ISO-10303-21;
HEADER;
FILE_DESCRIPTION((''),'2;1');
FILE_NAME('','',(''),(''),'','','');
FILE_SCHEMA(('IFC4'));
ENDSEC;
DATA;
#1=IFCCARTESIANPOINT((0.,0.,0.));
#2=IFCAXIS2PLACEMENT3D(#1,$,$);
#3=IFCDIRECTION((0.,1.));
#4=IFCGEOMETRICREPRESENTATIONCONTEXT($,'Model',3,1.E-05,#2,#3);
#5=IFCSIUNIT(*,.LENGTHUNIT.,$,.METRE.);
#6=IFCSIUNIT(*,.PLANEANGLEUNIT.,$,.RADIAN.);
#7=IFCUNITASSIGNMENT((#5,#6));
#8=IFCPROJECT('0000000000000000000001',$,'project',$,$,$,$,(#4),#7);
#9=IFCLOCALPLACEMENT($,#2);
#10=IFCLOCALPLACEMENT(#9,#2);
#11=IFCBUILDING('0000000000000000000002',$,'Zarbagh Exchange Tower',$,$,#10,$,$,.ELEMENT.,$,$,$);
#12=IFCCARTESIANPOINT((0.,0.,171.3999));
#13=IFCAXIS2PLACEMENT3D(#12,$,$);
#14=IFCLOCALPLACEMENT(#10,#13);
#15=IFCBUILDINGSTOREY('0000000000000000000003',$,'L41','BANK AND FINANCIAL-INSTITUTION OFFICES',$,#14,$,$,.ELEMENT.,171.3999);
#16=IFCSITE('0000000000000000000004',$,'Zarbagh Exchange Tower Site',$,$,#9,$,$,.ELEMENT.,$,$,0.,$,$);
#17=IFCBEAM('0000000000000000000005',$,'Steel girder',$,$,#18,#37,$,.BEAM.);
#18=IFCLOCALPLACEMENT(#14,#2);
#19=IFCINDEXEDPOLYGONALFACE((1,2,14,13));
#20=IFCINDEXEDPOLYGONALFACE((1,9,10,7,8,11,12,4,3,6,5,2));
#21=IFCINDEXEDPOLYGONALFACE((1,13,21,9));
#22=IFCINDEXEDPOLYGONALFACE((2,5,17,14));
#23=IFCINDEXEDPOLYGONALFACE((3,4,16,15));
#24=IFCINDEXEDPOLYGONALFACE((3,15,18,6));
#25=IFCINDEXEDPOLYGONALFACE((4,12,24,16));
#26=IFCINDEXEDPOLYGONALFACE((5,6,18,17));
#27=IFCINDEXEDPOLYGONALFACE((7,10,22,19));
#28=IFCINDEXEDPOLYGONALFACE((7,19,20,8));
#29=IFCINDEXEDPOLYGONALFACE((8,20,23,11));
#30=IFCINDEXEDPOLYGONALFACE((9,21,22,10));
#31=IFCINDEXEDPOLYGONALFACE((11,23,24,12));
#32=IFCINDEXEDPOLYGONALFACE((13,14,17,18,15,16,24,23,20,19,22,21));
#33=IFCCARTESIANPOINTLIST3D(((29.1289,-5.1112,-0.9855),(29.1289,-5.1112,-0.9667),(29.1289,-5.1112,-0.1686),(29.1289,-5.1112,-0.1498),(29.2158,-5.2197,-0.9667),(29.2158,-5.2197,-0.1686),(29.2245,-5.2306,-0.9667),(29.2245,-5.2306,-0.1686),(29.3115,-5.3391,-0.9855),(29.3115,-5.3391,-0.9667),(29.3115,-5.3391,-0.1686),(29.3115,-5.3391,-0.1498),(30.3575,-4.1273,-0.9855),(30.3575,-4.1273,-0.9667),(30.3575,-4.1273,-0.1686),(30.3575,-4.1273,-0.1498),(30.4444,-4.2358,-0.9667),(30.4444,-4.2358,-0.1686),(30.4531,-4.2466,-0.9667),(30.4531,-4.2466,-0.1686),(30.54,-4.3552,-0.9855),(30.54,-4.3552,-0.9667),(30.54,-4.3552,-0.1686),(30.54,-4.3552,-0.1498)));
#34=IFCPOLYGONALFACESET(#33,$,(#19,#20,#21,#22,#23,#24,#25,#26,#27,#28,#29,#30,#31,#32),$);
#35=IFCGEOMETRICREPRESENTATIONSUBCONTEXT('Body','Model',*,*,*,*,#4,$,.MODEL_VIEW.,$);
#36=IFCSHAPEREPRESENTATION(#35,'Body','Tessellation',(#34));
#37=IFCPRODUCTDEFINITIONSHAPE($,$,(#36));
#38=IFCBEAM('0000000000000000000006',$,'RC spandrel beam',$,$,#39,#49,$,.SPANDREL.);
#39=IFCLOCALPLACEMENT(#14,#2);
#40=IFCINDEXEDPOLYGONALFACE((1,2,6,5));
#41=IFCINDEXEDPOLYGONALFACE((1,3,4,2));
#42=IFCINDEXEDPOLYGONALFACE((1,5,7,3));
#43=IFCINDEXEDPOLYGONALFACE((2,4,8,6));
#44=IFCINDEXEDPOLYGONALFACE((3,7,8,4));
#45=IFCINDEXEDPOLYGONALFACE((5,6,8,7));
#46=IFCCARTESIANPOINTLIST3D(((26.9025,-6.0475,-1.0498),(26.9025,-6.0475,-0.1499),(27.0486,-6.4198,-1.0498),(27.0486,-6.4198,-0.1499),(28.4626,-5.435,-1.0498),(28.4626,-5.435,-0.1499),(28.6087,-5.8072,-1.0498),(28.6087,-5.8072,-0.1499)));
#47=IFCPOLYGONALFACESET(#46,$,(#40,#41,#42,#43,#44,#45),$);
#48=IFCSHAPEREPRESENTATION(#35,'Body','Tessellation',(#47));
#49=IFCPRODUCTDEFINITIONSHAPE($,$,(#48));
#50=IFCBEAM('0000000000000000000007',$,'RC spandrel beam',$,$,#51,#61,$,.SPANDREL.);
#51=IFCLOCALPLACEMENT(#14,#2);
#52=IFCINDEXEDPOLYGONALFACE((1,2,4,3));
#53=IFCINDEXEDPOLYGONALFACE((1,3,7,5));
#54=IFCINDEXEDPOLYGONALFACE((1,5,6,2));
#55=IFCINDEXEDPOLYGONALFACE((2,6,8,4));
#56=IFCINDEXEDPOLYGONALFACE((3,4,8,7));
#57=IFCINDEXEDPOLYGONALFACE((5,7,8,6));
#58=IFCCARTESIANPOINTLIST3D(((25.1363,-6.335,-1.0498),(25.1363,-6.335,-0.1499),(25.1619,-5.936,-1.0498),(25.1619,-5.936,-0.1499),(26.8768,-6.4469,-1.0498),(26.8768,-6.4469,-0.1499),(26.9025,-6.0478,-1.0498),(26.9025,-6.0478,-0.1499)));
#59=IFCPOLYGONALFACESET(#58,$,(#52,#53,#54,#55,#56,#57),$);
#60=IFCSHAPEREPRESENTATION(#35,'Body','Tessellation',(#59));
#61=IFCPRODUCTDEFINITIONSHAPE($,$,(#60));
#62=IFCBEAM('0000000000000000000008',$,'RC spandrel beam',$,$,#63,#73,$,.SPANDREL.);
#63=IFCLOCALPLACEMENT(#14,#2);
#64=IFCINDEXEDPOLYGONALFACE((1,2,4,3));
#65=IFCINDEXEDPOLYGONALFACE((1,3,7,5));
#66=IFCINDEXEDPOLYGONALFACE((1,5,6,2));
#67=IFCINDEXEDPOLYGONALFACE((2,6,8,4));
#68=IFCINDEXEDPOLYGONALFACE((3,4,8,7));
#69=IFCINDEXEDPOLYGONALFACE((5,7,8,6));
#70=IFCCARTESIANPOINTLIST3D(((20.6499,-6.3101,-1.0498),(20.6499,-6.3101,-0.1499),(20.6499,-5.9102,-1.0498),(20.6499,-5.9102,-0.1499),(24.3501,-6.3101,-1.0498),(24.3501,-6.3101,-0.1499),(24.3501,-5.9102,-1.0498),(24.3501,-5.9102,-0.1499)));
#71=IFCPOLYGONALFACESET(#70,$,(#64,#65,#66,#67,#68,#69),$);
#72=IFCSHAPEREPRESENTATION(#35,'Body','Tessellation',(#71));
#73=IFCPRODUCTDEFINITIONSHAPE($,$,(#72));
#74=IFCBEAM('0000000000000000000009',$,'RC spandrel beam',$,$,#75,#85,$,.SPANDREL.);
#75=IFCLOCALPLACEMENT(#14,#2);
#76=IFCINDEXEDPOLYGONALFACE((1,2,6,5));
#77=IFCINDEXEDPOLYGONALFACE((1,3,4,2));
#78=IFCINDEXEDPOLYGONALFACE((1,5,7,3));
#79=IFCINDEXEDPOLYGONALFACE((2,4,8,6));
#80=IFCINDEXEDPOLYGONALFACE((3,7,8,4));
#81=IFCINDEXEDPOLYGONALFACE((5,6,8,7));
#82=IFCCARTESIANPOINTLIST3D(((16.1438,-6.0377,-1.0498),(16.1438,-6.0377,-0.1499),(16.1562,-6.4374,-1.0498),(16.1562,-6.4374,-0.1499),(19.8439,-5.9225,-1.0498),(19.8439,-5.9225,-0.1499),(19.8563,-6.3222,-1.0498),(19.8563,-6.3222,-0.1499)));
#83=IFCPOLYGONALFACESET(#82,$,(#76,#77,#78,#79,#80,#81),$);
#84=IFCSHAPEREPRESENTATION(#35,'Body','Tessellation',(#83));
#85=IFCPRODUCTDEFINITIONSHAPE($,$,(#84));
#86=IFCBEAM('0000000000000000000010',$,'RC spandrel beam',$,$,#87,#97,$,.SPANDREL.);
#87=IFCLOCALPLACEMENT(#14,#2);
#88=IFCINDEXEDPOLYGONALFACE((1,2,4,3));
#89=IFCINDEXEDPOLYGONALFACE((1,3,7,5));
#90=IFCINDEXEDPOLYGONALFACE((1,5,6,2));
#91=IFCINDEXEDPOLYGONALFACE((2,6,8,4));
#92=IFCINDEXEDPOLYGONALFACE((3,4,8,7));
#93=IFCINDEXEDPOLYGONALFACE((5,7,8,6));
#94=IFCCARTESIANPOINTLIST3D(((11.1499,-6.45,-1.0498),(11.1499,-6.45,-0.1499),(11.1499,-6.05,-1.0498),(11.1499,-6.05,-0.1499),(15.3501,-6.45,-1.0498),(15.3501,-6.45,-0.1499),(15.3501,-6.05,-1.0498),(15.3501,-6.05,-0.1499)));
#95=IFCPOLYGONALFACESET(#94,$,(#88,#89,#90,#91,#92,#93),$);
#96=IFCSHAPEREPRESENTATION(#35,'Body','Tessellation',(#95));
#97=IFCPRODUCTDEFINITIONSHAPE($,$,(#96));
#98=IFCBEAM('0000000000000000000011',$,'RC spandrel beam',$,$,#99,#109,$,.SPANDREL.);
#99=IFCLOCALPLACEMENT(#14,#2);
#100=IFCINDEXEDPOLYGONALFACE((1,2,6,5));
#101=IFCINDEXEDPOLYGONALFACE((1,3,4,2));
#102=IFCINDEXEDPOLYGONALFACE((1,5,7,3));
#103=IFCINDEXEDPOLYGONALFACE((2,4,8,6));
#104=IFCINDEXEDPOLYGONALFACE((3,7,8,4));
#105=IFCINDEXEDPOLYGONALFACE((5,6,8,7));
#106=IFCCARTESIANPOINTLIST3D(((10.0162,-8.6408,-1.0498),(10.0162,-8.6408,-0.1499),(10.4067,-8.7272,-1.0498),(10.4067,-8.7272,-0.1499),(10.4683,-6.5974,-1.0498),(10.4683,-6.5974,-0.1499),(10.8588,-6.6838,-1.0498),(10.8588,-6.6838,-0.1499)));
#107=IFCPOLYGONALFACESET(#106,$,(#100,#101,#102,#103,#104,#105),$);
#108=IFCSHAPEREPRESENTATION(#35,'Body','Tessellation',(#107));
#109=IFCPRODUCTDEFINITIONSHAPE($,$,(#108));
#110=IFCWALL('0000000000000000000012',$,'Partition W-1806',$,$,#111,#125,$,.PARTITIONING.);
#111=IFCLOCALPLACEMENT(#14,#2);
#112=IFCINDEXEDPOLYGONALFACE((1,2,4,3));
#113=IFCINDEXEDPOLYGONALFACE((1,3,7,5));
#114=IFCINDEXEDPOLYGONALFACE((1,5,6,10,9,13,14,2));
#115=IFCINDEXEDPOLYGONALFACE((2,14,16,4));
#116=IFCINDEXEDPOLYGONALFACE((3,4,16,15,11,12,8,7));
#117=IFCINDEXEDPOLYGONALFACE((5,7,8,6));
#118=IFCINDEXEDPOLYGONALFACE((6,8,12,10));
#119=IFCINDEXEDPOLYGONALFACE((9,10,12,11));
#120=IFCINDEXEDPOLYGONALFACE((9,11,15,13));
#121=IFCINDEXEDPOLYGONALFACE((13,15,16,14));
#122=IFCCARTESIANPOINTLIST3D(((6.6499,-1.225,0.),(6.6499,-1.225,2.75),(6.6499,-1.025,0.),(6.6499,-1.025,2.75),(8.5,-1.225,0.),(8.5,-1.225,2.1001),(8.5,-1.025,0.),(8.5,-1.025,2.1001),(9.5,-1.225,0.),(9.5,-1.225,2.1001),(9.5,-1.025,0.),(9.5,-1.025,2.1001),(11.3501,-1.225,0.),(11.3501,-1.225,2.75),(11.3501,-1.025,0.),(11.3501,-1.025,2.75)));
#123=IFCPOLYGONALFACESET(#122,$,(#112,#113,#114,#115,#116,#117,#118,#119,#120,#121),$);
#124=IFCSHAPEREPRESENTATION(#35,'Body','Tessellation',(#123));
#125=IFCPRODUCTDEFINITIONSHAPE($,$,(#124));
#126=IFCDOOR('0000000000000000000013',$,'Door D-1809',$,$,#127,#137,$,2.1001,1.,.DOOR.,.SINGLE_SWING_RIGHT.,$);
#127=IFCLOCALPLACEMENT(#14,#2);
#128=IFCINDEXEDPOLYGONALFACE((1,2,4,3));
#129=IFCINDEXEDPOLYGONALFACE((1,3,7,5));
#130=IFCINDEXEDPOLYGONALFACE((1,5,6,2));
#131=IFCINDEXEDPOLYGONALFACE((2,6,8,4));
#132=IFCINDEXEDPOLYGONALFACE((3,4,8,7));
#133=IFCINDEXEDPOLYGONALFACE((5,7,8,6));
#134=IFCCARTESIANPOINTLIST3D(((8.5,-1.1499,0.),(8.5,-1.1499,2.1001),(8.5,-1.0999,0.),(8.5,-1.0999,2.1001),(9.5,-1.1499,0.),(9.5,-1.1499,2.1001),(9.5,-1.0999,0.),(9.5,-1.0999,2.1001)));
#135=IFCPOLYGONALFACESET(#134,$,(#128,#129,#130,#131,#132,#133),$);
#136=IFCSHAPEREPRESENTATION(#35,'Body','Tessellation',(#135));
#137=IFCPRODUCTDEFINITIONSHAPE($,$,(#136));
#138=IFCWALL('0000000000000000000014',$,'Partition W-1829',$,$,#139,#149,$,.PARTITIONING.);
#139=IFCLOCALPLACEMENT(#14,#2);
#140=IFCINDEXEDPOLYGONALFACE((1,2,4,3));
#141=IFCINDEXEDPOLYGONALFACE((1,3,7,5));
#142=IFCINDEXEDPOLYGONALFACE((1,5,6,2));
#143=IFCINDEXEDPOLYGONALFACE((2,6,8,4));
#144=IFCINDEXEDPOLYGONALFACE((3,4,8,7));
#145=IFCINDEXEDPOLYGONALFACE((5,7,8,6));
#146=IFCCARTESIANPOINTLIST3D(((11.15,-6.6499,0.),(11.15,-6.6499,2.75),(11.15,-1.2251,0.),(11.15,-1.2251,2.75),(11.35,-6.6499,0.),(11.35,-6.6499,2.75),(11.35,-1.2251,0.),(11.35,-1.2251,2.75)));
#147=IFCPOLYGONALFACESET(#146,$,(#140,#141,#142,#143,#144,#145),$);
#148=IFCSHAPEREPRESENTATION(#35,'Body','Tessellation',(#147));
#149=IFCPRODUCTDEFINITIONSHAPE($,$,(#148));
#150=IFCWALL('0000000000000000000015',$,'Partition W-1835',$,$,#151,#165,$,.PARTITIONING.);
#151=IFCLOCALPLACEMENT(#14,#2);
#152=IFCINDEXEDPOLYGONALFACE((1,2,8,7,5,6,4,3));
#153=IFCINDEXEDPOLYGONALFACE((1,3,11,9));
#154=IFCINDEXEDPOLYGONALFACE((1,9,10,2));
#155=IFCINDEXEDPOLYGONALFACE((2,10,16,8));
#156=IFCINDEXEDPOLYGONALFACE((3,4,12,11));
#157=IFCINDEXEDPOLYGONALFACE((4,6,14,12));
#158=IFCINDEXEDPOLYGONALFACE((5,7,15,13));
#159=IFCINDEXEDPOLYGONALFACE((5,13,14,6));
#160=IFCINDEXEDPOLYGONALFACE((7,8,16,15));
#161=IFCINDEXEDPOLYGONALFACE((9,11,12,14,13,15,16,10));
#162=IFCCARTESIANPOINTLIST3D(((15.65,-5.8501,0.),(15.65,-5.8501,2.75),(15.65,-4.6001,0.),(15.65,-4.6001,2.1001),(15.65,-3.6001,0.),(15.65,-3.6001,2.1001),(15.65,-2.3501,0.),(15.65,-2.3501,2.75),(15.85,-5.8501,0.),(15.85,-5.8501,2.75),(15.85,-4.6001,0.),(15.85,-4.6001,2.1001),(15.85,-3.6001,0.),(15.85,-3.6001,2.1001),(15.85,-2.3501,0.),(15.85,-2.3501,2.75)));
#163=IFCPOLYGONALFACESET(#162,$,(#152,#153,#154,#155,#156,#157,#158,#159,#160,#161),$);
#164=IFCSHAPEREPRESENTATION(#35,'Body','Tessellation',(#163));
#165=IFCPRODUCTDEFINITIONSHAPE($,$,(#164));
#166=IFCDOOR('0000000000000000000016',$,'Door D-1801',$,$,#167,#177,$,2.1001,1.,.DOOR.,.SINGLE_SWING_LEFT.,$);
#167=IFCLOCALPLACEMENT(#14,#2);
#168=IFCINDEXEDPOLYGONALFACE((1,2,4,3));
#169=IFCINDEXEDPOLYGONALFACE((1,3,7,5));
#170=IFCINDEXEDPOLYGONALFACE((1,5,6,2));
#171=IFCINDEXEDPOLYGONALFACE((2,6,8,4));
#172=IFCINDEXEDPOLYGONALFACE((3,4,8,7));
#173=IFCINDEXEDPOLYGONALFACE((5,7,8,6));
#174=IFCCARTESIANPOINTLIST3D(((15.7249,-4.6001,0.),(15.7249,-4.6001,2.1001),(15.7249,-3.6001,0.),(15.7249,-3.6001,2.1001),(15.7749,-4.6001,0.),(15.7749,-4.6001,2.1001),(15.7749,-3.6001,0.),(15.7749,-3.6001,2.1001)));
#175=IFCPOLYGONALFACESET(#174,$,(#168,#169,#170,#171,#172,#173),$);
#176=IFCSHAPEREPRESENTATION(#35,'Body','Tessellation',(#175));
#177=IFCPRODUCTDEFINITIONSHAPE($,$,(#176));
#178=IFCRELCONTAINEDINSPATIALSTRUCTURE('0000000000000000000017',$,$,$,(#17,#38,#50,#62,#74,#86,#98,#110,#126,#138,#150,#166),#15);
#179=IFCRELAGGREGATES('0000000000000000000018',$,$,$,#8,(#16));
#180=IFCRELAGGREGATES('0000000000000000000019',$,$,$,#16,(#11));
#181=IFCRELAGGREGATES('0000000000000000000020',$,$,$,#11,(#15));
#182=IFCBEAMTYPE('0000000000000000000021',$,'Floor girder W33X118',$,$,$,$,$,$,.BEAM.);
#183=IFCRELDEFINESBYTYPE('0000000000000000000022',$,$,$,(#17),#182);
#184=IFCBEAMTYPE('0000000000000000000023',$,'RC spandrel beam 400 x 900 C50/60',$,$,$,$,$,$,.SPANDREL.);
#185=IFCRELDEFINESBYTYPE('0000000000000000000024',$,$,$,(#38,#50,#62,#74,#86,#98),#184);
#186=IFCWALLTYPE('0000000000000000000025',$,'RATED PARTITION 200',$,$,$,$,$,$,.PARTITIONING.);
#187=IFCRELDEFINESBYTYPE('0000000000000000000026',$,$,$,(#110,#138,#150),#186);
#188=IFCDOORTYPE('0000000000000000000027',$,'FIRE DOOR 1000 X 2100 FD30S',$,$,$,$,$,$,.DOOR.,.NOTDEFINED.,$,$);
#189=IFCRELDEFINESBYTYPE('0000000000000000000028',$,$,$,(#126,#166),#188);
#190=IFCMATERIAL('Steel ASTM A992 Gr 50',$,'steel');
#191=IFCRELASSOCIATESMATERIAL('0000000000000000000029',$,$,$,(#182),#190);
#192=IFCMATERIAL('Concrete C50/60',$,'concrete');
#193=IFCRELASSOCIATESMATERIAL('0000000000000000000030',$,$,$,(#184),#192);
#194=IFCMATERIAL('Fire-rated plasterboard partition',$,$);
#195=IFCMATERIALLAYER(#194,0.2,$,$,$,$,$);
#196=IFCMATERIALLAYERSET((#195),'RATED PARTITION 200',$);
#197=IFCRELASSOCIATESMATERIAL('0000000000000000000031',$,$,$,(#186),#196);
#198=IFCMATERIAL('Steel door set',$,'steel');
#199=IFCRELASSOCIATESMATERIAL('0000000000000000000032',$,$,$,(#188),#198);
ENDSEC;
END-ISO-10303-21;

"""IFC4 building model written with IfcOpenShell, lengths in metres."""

from ifc_helpers import new_model, si_unit, direction, frame, frame_2d, origin, origin_2d, place, context, subcontext, project, spatial, rectangle, i_section, extrude, material, layer, layer_set, material_profile, profile_set, type_object, element, fill, save


model = new_model("IFC4")

# Units and contexts
model_context = context("Model", 3, precision=1e-05, world=origin(), true_north=direction((0.0, 1.0)))
body_context = subcontext(model_context, "Body", "Model", "MODEL_VIEW")
ifc_project = project(units=[si_unit("LENGTHUNIT", "METRE"), si_unit("PLANEANGLEUNIT", "RADIAN")], contexts=[model_context])

# Site, building, storey
site_placement = place(None, origin())
site = spatial("IfcSite", under=ifc_project, at=site_placement, Name="Zarbagh Exchange Tower Site", CompositionType="ELEMENT", RefElevation=0.0)
building_placement = place(site_placement, origin())
building = spatial("IfcBuilding", under=site, at=building_placement, Name="Zarbagh Exchange Tower", CompositionType="ELEMENT")
storey_placement = place(building_placement, frame((0.0, 0.0, 171.3999)))
storey = spatial("IfcBuildingStorey", under=building, at=storey_placement, Name="L41", Description="BANK AND FINANCIAL-INSTITUTION OFFICES", CompositionType="ELEMENT", Elevation=171.3999)

# Shared definitions
ifc_material_1 = material(Name="Concrete C50/60", Category="concrete")

# Beams
ifc_material_2 = material(Name="Steel ASTM A992 Gr 50", Category="steel")
ifc_material_profile_1 = material_profile(ifc_material_2, i_section(OverallWidth=0.292, OverallDepth=0.8357, WebThickness=0.0139, FlangeThickness=0.0188, at=origin_2d()), Name="W33X118")
ifc_profile_set_1 = profile_set([ifc_material_profile_1], Name="Steel ASTM A992 Gr 50")
beam_type_1 = type_object("IfcBeamType", Name="Floor girder W33X118", PredefinedType="BEAM", material=ifc_profile_set_1)
beam_1_placement = place(storey_placement, frame((30.4487, -4.2412, -0.5676), z_axis=(-0.780536, -0.625111, 0.0), x_axis=(0.625111, -0.780536, 0.0)))
element("IfcBeam", 1, at=beam_1_placement, inside=storey, type_object=beam_type_1, Name="Steel girder", PredefinedType="BEAM", context=body_context, shape_type="SweptSolid", body=[
    extrude(i_section(OverallWidth=0.292, OverallDepth=0.8357, WebThickness=0.0139, FlangeThickness=0.0188, at=origin_2d()), origin(), (0.0, 0.0, 1.0), 1.574),
])
ifc_material_profile_2 = material_profile(ifc_material_1, rectangle(XDim=0.3999, YDim=0.8999, at=origin_2d()), Name="RC spandrel beam 400 x 900 C50/60")
ifc_profile_set_2 = profile_set([ifc_material_profile_2], Name="Concrete C50/60")
beam_type_2 = type_object("IfcBeamType", Name="RC spandrel beam 400 x 900 C50/60", PredefinedType="SPANDREL", material=ifc_profile_set_2)
beam_2_placement = place(storey_placement, frame((28.5356, -5.6211, -0.5999), z_axis=(-0.930819, -0.365481, 0.0), x_axis=(0.365481, -0.930819, 0.0)))
element("IfcBeam", 2, at=beam_2_placement, inside=storey, type_object=beam_type_2, Name="RC spandrel beam", PredefinedType="SPANDREL", context=body_context, shape_type="SweptSolid", body=[
    extrude(rectangle(XDim=0.3999, YDim=0.8999, at=origin_2d()), origin(), (0.0, 0.0, 1.0), 1.676),
])
beam_3_placement = place(storey_placement, frame((26.8896, -6.2473, -0.5999), z_axis=(-0.997943, 0.064112, 0.0), x_axis=(-0.064112, -0.997943, 0.0)))
element("IfcBeam", 3, at=beam_3_placement, inside=storey, type_object=beam_type_2, Name="RC spandrel beam", PredefinedType="SPANDREL", context=body_context, shape_type="SweptSolid", body=[
    extrude(rectangle(XDim=0.3999, YDim=0.8999, at=origin_2d()), origin(), (0.0, 0.0, 1.0), 1.7441),
])
beam_4_placement = place(storey_placement, frame((24.3501, -6.1101, -0.5999), z_axis=(-1.0, 0.0, 0.0), x_axis=(0.0, -1.0, 0.0)))
element("IfcBeam", 4, at=beam_4_placement, inside=storey, type_object=beam_type_2, Name="RC spandrel beam", PredefinedType="SPANDREL", context=body_context, shape_type="SweptSolid", body=[
    extrude(rectangle(XDim=0.3999, YDim=0.8999, at=origin_2d()), origin(), (0.0, 0.0, 1.0), 3.7002),
])
beam_5_placement = place(storey_placement, frame((19.8501, -6.1223, -0.5999), z_axis=(-0.999515, -0.031128, 0.0), x_axis=(0.031128, -0.999515, 0.0)))
element("IfcBeam", 5, at=beam_5_placement, inside=storey, type_object=beam_type_2, Name="RC spandrel beam", PredefinedType="SPANDREL", context=body_context, shape_type="SweptSolid", body=[
    extrude(rectangle(XDim=0.3999, YDim=0.8999, at=origin_2d()), origin(), (0.0, 0.0, 1.0), 3.7019),
])
beam_6_placement = place(storey_placement, frame((15.3501, -6.25, -0.5999), z_axis=(-1.0, 0.0, 0.0), x_axis=(0.0, -1.0, 0.0)))
element("IfcBeam", 6, at=beam_6_placement, inside=storey, type_object=beam_type_2, Name="RC spandrel beam", PredefinedType="SPANDREL", context=body_context, shape_type="SweptSolid", body=[
    extrude(rectangle(XDim=0.3999, YDim=0.8999, at=origin_2d()), origin(), (0.0, 0.0, 1.0), 4.2002),
])
beam_7_placement = place(storey_placement, frame((10.6636, -6.6406, -0.5999), z_axis=(-0.216041, -0.976384, 0.0), x_axis=(0.976384, -0.216041, 0.0)))
element("IfcBeam", 7, at=beam_7_placement, inside=storey, type_object=beam_type_2, Name="RC spandrel beam", PredefinedType="SPANDREL", context=body_context, shape_type="SweptSolid", body=[
    extrude(rectangle(XDim=0.3999, YDim=0.8999, at=origin_2d()), origin(), (0.0, 0.0, 1.0), 2.0928),
])

# Wall, opening, door
ifc_material_3 = material(Name="Fire-rated plasterboard partition")
ifc_layer = layer(ifc_material_3, 0.2)
ifc_layer_set = layer_set([ifc_layer], Name="RATED PARTITION 200")
wall_type = type_object("IfcWallType", Name="RATED PARTITION 200", PredefinedType="PARTITIONING", material=ifc_layer_set)
wall_1_placement = place(storey_placement, frame((11.3501, -1.125, 0.0), z_axis=(0.0, 0.0, 1.0), x_axis=(-1.0, 0.0, 0.0)))
wall_1 = element("IfcWall", 8, at=wall_1_placement, inside=storey, type_object=wall_type, Name="Partition W-1806", PredefinedType="PARTITIONING", context=body_context, shape_type="SweptSolid", body=[
    extrude(rectangle(XDim=4.7002, YDim=0.2, at=frame_2d((2.3501, 0.0))), origin(), (0.0, 0.0, 1.0), 2.75),
])
opening_1_placement = place(wall_1_placement, frame((1.8501, 0.0, 0.0)))
opening_1 = element("IfcOpeningElement", 9, at=opening_1_placement, cuts=wall_1, PredefinedType="OPENING", context=body_context, shape_type="SweptSolid", body=[
    extrude(rectangle(XDim=1.0, YDim=2.1001, at=frame_2d((0.5, 1.05))), frame((0.0, 0.1099, 0.0), z_axis=(0.0, -1.0, 0.0), x_axis=(1.0, 0.0, 0.0)), (0.0, 0.0, 1.0), 0.22),
])
ifc_material_4 = material(Name="Steel door set", Category="steel")
door_type = type_object("IfcDoorType", Name="FIRE DOOR 1000 X 2100 FD30S", OperationType="NOTDEFINED", PredefinedType="DOOR", material=ifc_material_4)
door_1_placement = place(opening_1_placement, origin())
door_1 = element("IfcDoor", 10, at=door_1_placement, inside=storey, type_object=door_type, Name="Door D-1809", OperationType="SINGLE_SWING_RIGHT", OverallHeight=2.1001, OverallWidth=1.0, PredefinedType="DOOR", context=body_context, shape_type="SweptSolid", body=[
    extrude(rectangle(XDim=1.0, YDim=2.1001, at=frame_2d((0.5, 1.05))), frame((0.0, 0.0249, 0.0), z_axis=(0.0, -1.0, 0.0), x_axis=(1.0, 0.0, 0.0)), (0.0, 0.0, 1.0), 0.05),
])
fill(opening_1, door_1)

# Wall
wall_2_placement = place(storey_placement, frame((11.25, -6.6499, 0.0), z_axis=(0.0, 0.0, 1.0), x_axis=(0.0, 1.0, 0.0)))
element("IfcWall", 11, at=wall_2_placement, inside=storey, type_object=wall_type, Name="Partition W-1829", PredefinedType="PARTITIONING", context=body_context, shape_type="SweptSolid", body=[
    extrude(rectangle(XDim=5.4248, YDim=0.2, at=frame_2d((2.7124, 0.0))), origin(), (0.0, 0.0, 1.0), 2.75),
])

# Wall, opening, door
wall_3_placement = place(storey_placement, frame((15.75, -2.3501, 0.0), z_axis=(0.0, 0.0, 1.0), x_axis=(0.0, -1.0, 0.0)))
wall_3 = element("IfcWall", 12, at=wall_3_placement, inside=storey, type_object=wall_type, Name="Partition W-1835", PredefinedType="PARTITIONING", context=body_context, shape_type="SweptSolid", body=[
    extrude(rectangle(XDim=3.5, YDim=0.2, at=frame_2d((1.75, 0.0))), origin(), (0.0, 0.0, 1.0), 2.75),
])
opening_2_placement = place(wall_3_placement, frame((1.25, 0.0, 0.0)))
opening_2 = element("IfcOpeningElement", 13, at=opening_2_placement, cuts=wall_3, PredefinedType="OPENING", context=body_context, shape_type="SweptSolid", body=[
    extrude(rectangle(XDim=1.0, YDim=2.1001, at=frame_2d((0.5, 1.05))), frame((0.0, 0.1099, 0.0), z_axis=(0.0, -1.0, 0.0), x_axis=(1.0, 0.0, 0.0)), (0.0, 0.0, 1.0), 0.22),
])
door_2_placement = place(opening_2_placement, origin())
door_2 = element("IfcDoor", 14, at=door_2_placement, inside=storey, type_object=door_type, Name="Door D-1801", OperationType="SINGLE_SWING_LEFT", OverallHeight=2.1001, OverallWidth=1.0, PredefinedType="DOOR", context=body_context, shape_type="SweptSolid", body=[
    extrude(rectangle(XDim=1.0, YDim=2.1001, at=frame_2d((0.5, 1.05))), frame((0.0, 0.0249, 0.0), z_axis=(0.0, -1.0, 0.0), x_axis=(1.0, 0.0, 0.0)), (0.0, 0.0, 1.0), 0.05),
])
fill(opening_2, door_2)

save(model, "model.ifc")
